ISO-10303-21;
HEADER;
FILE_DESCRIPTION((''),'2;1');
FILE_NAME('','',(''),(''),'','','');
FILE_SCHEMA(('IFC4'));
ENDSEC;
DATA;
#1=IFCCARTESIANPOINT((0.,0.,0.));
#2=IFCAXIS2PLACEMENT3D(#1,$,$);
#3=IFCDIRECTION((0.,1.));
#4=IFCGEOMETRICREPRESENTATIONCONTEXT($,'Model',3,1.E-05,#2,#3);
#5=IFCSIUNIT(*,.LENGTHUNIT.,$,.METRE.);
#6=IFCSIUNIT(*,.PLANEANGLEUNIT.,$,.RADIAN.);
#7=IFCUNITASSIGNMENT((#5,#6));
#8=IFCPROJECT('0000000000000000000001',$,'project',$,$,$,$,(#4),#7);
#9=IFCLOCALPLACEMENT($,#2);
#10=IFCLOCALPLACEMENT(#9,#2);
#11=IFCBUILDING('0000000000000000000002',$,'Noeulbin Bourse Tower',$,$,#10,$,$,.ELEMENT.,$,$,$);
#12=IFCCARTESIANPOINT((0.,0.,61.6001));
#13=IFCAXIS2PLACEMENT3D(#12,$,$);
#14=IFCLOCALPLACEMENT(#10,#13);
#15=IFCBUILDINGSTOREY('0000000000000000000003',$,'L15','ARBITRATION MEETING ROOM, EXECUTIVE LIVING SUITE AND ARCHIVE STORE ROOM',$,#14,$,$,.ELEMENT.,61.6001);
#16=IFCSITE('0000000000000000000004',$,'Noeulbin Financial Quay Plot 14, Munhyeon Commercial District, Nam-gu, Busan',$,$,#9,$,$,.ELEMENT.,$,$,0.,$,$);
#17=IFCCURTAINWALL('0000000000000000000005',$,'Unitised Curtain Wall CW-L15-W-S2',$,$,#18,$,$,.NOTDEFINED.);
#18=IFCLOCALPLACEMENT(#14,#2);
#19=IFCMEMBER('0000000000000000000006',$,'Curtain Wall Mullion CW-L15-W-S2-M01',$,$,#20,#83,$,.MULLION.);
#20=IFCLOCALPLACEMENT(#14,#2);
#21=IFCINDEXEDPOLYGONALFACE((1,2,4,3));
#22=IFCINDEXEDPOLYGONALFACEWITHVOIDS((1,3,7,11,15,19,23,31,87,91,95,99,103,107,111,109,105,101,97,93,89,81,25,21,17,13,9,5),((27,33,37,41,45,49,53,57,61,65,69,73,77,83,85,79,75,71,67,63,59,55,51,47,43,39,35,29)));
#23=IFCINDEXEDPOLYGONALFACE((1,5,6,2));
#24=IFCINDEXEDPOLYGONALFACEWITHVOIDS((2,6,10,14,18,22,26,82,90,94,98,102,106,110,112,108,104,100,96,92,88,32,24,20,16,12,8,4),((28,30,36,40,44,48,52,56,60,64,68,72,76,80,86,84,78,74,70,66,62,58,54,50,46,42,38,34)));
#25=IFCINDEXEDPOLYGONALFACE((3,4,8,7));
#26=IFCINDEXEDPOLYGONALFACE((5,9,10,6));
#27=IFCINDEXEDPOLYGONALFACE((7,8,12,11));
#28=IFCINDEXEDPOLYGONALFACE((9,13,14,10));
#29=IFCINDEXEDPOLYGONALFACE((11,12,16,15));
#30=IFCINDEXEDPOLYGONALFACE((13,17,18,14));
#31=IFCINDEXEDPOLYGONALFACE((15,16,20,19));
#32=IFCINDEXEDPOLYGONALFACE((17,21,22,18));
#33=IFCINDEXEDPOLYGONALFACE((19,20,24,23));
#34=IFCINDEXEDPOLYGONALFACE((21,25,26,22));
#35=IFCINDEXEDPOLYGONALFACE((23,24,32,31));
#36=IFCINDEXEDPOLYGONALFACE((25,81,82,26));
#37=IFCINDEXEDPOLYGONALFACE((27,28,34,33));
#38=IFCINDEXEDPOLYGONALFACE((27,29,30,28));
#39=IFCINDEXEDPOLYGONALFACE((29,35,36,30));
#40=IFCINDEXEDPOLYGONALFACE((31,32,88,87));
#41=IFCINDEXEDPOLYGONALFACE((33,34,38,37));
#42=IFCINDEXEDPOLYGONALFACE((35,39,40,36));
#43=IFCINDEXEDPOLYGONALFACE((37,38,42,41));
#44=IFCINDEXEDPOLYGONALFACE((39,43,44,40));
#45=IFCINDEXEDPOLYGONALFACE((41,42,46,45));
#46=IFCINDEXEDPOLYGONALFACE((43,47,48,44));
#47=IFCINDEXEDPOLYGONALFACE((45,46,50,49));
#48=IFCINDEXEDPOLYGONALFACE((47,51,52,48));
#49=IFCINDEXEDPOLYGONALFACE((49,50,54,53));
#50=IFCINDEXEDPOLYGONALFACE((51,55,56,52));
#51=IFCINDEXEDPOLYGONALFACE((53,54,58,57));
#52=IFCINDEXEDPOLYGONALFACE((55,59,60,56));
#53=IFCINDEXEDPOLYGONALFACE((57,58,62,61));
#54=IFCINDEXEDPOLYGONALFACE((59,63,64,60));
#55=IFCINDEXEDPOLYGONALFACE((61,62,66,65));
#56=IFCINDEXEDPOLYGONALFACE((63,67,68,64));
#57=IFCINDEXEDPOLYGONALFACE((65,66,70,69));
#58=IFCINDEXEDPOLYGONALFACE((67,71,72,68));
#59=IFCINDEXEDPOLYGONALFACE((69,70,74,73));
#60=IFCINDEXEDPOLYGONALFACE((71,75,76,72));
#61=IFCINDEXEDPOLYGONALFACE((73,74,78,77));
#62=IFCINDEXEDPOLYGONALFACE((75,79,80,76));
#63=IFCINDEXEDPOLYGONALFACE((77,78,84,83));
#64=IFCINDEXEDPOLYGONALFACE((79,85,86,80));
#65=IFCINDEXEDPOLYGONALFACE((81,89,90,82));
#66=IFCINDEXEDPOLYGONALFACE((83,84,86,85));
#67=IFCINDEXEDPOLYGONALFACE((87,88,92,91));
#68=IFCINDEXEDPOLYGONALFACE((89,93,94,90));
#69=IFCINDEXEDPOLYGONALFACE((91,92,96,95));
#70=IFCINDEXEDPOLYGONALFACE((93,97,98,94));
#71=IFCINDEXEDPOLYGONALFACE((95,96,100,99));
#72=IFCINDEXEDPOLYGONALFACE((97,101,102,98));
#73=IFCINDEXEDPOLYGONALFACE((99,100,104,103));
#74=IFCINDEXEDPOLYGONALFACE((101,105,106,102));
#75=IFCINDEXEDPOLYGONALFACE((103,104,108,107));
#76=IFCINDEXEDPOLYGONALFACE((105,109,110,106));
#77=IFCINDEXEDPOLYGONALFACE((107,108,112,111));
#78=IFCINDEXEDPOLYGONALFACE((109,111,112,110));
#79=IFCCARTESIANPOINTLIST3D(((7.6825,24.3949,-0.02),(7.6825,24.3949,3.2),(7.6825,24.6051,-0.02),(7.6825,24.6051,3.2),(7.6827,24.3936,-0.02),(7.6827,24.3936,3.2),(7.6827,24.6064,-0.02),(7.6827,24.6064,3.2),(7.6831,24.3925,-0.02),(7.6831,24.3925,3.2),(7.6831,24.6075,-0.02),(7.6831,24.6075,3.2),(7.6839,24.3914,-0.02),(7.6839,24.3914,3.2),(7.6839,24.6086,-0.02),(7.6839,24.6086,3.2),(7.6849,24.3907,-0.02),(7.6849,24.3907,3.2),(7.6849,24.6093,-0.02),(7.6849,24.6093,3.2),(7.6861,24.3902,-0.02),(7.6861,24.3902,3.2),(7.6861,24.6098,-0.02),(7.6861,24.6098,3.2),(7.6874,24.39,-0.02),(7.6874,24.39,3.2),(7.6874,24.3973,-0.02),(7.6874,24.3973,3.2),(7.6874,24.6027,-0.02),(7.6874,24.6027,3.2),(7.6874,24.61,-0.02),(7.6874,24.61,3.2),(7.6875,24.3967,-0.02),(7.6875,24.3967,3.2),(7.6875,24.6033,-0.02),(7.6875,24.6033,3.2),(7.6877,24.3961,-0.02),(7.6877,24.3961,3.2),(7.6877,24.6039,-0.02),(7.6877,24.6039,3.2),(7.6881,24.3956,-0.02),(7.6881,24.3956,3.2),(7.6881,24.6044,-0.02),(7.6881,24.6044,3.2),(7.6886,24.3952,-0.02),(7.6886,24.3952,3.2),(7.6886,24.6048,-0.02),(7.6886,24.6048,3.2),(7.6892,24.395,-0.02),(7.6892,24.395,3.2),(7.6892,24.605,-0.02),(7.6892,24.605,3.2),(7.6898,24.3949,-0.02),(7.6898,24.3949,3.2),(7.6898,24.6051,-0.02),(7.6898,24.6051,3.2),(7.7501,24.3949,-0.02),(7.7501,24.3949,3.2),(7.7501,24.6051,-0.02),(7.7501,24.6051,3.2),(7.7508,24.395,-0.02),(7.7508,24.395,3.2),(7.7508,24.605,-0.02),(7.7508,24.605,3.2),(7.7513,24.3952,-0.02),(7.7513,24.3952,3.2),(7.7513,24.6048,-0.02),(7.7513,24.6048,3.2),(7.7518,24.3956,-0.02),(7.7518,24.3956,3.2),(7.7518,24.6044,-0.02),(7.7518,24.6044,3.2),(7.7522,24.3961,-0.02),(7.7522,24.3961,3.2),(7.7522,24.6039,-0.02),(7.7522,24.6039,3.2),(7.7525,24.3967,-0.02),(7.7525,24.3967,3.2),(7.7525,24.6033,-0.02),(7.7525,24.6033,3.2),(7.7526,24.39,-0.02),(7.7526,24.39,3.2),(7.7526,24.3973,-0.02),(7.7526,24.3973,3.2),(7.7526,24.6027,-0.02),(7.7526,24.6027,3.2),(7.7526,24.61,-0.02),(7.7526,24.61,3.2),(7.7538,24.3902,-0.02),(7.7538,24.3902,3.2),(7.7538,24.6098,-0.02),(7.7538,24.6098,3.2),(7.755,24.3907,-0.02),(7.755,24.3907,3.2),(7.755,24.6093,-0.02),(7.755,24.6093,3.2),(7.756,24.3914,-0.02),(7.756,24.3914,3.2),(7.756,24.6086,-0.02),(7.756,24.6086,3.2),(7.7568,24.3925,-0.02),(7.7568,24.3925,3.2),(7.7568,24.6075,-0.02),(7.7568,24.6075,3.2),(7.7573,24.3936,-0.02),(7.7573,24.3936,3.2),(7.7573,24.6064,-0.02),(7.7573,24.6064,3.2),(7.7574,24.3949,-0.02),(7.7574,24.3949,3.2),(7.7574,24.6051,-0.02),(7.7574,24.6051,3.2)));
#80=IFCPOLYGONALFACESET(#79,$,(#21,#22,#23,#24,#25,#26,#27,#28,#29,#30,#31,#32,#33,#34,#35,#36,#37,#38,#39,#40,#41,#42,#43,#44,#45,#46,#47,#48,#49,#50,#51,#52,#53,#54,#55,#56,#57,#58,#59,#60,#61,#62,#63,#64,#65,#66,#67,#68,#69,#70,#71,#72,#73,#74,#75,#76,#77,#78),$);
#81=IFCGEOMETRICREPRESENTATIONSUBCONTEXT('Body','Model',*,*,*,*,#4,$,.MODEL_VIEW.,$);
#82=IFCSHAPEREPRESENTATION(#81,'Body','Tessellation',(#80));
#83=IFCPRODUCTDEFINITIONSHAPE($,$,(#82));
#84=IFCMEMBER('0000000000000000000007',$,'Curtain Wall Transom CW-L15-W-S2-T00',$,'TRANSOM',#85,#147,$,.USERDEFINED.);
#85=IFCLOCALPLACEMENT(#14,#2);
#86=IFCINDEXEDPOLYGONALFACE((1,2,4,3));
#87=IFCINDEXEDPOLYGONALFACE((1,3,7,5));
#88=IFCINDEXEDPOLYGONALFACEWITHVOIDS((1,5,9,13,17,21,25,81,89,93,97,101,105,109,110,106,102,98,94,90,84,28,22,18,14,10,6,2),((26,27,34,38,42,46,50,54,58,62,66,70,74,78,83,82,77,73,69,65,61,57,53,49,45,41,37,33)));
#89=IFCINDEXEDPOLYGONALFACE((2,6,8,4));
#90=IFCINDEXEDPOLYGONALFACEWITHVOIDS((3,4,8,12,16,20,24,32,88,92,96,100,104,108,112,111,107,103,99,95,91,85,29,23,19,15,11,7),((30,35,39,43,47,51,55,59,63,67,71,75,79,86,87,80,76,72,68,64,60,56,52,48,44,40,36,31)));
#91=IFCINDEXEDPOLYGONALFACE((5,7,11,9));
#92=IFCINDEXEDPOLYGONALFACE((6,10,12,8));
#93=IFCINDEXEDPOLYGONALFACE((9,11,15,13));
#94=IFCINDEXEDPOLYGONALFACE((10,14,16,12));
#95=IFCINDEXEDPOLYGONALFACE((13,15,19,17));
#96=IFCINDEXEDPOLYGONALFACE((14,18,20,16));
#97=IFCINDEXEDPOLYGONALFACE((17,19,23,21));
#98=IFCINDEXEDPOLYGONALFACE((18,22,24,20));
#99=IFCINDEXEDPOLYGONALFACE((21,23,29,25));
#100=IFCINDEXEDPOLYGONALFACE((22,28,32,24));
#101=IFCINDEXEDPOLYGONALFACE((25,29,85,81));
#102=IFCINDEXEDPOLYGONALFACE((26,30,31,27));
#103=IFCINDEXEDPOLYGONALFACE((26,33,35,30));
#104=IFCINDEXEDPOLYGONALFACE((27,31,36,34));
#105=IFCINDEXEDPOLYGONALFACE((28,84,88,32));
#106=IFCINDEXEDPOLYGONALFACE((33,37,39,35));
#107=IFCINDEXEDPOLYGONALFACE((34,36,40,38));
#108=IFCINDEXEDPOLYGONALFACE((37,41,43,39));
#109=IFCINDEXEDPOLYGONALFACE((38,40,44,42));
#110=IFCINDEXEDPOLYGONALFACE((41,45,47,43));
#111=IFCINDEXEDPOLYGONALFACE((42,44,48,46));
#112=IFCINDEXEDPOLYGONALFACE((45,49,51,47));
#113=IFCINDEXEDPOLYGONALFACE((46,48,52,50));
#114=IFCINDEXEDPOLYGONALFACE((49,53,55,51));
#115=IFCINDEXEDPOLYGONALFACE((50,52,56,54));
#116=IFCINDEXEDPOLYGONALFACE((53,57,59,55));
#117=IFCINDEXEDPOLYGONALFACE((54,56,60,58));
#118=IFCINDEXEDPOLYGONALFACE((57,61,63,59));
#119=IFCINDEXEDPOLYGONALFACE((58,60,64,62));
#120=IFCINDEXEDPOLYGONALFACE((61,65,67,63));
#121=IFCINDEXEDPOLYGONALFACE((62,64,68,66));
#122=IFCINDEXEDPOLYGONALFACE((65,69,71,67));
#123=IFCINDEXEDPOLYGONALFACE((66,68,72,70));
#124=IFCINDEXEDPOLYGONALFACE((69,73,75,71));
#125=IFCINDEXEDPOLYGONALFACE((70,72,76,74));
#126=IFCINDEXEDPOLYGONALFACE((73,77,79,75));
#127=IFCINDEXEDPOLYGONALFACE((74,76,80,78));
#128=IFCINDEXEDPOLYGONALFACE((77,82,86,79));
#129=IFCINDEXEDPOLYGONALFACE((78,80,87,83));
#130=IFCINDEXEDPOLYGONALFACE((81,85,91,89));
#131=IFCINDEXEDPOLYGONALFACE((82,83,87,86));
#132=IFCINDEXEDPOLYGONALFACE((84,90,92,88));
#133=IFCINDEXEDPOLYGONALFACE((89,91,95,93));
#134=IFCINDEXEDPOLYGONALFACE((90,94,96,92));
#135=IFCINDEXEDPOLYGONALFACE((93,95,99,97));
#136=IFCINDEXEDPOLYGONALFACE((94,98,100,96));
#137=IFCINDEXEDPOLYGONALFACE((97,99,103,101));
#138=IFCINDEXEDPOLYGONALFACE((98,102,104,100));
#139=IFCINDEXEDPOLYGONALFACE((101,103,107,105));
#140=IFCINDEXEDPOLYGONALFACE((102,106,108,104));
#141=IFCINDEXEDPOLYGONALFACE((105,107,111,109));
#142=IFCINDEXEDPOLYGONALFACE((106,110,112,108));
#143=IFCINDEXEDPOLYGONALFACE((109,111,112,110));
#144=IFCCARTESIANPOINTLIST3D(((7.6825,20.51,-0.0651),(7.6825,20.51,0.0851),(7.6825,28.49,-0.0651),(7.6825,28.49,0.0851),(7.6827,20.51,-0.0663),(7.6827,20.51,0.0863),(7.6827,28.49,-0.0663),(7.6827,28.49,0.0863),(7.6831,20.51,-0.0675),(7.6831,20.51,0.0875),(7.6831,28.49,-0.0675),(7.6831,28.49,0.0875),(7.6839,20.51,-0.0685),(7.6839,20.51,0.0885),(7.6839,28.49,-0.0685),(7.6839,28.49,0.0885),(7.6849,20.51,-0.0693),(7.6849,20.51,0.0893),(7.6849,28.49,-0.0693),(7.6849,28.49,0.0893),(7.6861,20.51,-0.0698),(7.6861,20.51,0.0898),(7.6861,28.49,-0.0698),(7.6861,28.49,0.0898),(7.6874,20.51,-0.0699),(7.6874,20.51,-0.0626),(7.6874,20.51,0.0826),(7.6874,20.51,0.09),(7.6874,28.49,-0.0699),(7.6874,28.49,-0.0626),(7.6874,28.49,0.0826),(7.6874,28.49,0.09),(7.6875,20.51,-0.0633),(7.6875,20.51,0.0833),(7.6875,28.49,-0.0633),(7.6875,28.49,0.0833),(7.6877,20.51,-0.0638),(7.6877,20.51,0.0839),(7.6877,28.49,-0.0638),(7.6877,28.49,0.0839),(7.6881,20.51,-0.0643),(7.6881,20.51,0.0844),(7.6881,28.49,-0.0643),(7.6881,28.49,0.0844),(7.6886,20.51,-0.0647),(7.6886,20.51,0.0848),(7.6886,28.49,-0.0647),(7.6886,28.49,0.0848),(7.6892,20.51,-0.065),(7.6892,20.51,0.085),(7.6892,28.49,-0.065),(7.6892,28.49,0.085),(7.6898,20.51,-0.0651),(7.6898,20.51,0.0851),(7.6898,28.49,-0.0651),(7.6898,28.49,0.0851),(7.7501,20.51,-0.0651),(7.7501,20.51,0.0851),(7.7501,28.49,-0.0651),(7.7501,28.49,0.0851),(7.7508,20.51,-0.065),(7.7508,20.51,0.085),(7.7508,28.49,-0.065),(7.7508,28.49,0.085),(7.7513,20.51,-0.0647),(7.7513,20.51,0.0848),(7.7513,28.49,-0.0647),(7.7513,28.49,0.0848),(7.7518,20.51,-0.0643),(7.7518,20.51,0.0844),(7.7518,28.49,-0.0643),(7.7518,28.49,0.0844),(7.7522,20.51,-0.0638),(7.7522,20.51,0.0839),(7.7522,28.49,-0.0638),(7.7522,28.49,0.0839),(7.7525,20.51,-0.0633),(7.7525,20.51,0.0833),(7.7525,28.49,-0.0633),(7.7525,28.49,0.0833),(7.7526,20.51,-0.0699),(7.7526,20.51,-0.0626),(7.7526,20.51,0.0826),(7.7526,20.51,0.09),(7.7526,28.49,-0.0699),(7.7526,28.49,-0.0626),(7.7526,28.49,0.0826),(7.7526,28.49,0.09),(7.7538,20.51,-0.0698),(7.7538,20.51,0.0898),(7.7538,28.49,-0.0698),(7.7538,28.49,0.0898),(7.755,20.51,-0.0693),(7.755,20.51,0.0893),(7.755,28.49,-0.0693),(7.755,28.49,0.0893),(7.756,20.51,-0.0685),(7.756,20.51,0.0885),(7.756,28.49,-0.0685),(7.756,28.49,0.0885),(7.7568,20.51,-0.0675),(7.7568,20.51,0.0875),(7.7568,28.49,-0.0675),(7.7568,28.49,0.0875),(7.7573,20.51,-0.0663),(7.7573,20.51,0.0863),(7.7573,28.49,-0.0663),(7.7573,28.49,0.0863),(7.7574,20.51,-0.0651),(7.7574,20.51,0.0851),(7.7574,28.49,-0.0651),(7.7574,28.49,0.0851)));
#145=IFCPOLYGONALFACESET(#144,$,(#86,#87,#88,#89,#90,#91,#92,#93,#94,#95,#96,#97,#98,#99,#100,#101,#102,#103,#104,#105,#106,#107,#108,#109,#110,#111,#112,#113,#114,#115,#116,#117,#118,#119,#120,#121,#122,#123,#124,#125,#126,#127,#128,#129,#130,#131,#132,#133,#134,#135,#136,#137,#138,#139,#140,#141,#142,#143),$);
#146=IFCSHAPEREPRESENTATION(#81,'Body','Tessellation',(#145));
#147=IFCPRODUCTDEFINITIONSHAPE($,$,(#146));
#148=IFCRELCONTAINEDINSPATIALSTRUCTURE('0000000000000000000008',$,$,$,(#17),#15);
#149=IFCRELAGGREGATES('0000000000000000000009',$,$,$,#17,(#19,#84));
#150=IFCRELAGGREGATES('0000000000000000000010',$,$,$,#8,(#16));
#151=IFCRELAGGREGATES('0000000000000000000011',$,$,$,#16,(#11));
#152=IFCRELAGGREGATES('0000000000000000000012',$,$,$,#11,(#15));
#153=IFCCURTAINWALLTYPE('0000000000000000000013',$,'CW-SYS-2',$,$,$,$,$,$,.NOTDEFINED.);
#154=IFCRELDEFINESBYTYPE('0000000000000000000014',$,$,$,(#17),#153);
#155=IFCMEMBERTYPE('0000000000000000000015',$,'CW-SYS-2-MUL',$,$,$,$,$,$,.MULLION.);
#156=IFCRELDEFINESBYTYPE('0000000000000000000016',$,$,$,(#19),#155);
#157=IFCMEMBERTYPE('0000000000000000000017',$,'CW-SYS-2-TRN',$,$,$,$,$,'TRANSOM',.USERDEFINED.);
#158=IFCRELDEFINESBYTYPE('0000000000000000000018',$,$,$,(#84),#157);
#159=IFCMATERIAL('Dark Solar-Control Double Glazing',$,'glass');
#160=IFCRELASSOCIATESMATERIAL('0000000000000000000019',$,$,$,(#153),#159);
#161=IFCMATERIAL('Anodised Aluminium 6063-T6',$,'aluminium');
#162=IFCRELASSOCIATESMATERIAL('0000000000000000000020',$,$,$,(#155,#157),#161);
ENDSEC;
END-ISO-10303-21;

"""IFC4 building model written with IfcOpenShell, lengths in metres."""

from ifc_helpers import new_model, si_unit, direction, frame, origin, origin_2d, place, context, subcontext, project, spatial, hollow_rectangle, extrude, material, material_profile, profile_set, type_object, element, aggregate, save


model = new_model("IFC4")

# Units and contexts
model_context = context("Model", 3, precision=1e-05, world=origin(), true_north=direction((0.0, 1.0)))
body_context = subcontext(model_context, "Body", "Model", "MODEL_VIEW")
ifc_project = project(units=[si_unit("LENGTHUNIT", "METRE"), si_unit("PLANEANGLEUNIT", "RADIAN")], contexts=[model_context])

# Site, building, storey
site_placement = place(None, origin())
site = spatial("IfcSite", under=ifc_project, at=site_placement, Name="Noeulbin Financial Quay Plot 14, Munhyeon Commercial District, Nam-gu, Busan", CompositionType="ELEMENT", RefElevation=0.0)
building_placement = place(site_placement, origin())
building = spatial("IfcBuilding", under=site, at=building_placement, Name="Noeulbin Bourse Tower", CompositionType="ELEMENT")
storey_placement = place(building_placement, frame((0.0, 0.0, 61.6001)))
storey = spatial("IfcBuildingStorey", under=building, at=storey_placement, Name="L15", Description="ARBITRATION MEETING ROOM, EXECUTIVE LIVING SUITE AND ARCHIVE STORE ROOM", CompositionType="ELEMENT", Elevation=61.6001)

# Curtain wall, members
ifc_material_1 = material(Name="Dark Solar-Control Double Glazing", Category="glass")
curtain_wall_type = type_object("IfcCurtainWallType", Name="CW-SYS-2", PredefinedType="NOTDEFINED", material=ifc_material_1)
curtain_wall_placement = place(storey_placement, origin())
curtain_wall = element("IfcCurtainWall", 1, at=curtain_wall_placement, inside=storey, type_object=curtain_wall_type, Name="Unitised Curtain Wall CW-L15-W-S2", PredefinedType="NOTDEFINED")
ifc_material_2 = material(Name="Anodised Aluminium 6063-T6", Category="aluminium")
ifc_material_profile_1 = material_profile(ifc_material_2, hollow_rectangle(XDim=0.075, YDim=0.22, WallThickness=0.0049, InnerFilletRadius=0.0024, OuterFilletRadius=0.0049, at=origin_2d()), Name="ALU-MULL-75x220x5", Category="LoadBearing")
ifc_profile_set_1 = profile_set([ifc_material_profile_1], Name="Anodised Aluminium 6063-T6")
member_type_1 = type_object("IfcMemberType", Name="CW-SYS-2-MUL", PredefinedType="MULLION", material=ifc_profile_set_1)
member_1_placement = place(storey_placement, frame((7.72, 24.5, -0.02), z_axis=(0.0, 0.0, 1.0), x_axis=(1.0, 0.0, 0.0)))
member_1 = element("IfcMember", 2, at=member_1_placement, type_object=member_type_1, Name="Curtain Wall Mullion CW-L15-W-S2-M01", PredefinedType="MULLION", context=body_context, shape_type="SweptSolid", body=[
    extrude(hollow_rectangle(XDim=0.075, YDim=0.22, WallThickness=0.0049, InnerFilletRadius=0.0024, OuterFilletRadius=0.0049, at=origin_2d()), origin(), (0.0, 0.0, 1.0), 3.22),
])
ifc_material_profile_2 = material_profile(ifc_material_2, hollow_rectangle(XDim=0.075, YDim=0.1599, WallThickness=0.0049, InnerFilletRadius=0.0024, OuterFilletRadius=0.0049, at=origin_2d()), Name="ALU-TRAN-75x160x5", Category="LoadBearing")
ifc_profile_set_2 = profile_set([ifc_material_profile_2], Name="Anodised Aluminium 6063-T6")
member_type_2 = type_object("IfcMemberType", Name="CW-SYS-2-TRN", ElementType="TRANSOM", PredefinedType="USERDEFINED", material=ifc_profile_set_2)
member_2_placement = place(storey_placement, frame((7.72, 20.51, 0.01), z_axis=(0.0, 1.0, 0.0), x_axis=(-1.0, 0.0, 0.0)))
member_2 = element("IfcMember", 3, at=member_2_placement, type_object=member_type_2, Name="Curtain Wall Transom CW-L15-W-S2-T00", ObjectType="TRANSOM", PredefinedType="USERDEFINED", context=body_context, shape_type="SweptSolid", body=[
    extrude(hollow_rectangle(XDim=0.075, YDim=0.1599, WallThickness=0.0049, InnerFilletRadius=0.0024, OuterFilletRadius=0.0049, at=origin_2d()), origin(), (0.0, 0.0, 1.0), 7.98),
])
aggregate(curtain_wall, [member_1, member_2])

save(model, "model.ifc")
